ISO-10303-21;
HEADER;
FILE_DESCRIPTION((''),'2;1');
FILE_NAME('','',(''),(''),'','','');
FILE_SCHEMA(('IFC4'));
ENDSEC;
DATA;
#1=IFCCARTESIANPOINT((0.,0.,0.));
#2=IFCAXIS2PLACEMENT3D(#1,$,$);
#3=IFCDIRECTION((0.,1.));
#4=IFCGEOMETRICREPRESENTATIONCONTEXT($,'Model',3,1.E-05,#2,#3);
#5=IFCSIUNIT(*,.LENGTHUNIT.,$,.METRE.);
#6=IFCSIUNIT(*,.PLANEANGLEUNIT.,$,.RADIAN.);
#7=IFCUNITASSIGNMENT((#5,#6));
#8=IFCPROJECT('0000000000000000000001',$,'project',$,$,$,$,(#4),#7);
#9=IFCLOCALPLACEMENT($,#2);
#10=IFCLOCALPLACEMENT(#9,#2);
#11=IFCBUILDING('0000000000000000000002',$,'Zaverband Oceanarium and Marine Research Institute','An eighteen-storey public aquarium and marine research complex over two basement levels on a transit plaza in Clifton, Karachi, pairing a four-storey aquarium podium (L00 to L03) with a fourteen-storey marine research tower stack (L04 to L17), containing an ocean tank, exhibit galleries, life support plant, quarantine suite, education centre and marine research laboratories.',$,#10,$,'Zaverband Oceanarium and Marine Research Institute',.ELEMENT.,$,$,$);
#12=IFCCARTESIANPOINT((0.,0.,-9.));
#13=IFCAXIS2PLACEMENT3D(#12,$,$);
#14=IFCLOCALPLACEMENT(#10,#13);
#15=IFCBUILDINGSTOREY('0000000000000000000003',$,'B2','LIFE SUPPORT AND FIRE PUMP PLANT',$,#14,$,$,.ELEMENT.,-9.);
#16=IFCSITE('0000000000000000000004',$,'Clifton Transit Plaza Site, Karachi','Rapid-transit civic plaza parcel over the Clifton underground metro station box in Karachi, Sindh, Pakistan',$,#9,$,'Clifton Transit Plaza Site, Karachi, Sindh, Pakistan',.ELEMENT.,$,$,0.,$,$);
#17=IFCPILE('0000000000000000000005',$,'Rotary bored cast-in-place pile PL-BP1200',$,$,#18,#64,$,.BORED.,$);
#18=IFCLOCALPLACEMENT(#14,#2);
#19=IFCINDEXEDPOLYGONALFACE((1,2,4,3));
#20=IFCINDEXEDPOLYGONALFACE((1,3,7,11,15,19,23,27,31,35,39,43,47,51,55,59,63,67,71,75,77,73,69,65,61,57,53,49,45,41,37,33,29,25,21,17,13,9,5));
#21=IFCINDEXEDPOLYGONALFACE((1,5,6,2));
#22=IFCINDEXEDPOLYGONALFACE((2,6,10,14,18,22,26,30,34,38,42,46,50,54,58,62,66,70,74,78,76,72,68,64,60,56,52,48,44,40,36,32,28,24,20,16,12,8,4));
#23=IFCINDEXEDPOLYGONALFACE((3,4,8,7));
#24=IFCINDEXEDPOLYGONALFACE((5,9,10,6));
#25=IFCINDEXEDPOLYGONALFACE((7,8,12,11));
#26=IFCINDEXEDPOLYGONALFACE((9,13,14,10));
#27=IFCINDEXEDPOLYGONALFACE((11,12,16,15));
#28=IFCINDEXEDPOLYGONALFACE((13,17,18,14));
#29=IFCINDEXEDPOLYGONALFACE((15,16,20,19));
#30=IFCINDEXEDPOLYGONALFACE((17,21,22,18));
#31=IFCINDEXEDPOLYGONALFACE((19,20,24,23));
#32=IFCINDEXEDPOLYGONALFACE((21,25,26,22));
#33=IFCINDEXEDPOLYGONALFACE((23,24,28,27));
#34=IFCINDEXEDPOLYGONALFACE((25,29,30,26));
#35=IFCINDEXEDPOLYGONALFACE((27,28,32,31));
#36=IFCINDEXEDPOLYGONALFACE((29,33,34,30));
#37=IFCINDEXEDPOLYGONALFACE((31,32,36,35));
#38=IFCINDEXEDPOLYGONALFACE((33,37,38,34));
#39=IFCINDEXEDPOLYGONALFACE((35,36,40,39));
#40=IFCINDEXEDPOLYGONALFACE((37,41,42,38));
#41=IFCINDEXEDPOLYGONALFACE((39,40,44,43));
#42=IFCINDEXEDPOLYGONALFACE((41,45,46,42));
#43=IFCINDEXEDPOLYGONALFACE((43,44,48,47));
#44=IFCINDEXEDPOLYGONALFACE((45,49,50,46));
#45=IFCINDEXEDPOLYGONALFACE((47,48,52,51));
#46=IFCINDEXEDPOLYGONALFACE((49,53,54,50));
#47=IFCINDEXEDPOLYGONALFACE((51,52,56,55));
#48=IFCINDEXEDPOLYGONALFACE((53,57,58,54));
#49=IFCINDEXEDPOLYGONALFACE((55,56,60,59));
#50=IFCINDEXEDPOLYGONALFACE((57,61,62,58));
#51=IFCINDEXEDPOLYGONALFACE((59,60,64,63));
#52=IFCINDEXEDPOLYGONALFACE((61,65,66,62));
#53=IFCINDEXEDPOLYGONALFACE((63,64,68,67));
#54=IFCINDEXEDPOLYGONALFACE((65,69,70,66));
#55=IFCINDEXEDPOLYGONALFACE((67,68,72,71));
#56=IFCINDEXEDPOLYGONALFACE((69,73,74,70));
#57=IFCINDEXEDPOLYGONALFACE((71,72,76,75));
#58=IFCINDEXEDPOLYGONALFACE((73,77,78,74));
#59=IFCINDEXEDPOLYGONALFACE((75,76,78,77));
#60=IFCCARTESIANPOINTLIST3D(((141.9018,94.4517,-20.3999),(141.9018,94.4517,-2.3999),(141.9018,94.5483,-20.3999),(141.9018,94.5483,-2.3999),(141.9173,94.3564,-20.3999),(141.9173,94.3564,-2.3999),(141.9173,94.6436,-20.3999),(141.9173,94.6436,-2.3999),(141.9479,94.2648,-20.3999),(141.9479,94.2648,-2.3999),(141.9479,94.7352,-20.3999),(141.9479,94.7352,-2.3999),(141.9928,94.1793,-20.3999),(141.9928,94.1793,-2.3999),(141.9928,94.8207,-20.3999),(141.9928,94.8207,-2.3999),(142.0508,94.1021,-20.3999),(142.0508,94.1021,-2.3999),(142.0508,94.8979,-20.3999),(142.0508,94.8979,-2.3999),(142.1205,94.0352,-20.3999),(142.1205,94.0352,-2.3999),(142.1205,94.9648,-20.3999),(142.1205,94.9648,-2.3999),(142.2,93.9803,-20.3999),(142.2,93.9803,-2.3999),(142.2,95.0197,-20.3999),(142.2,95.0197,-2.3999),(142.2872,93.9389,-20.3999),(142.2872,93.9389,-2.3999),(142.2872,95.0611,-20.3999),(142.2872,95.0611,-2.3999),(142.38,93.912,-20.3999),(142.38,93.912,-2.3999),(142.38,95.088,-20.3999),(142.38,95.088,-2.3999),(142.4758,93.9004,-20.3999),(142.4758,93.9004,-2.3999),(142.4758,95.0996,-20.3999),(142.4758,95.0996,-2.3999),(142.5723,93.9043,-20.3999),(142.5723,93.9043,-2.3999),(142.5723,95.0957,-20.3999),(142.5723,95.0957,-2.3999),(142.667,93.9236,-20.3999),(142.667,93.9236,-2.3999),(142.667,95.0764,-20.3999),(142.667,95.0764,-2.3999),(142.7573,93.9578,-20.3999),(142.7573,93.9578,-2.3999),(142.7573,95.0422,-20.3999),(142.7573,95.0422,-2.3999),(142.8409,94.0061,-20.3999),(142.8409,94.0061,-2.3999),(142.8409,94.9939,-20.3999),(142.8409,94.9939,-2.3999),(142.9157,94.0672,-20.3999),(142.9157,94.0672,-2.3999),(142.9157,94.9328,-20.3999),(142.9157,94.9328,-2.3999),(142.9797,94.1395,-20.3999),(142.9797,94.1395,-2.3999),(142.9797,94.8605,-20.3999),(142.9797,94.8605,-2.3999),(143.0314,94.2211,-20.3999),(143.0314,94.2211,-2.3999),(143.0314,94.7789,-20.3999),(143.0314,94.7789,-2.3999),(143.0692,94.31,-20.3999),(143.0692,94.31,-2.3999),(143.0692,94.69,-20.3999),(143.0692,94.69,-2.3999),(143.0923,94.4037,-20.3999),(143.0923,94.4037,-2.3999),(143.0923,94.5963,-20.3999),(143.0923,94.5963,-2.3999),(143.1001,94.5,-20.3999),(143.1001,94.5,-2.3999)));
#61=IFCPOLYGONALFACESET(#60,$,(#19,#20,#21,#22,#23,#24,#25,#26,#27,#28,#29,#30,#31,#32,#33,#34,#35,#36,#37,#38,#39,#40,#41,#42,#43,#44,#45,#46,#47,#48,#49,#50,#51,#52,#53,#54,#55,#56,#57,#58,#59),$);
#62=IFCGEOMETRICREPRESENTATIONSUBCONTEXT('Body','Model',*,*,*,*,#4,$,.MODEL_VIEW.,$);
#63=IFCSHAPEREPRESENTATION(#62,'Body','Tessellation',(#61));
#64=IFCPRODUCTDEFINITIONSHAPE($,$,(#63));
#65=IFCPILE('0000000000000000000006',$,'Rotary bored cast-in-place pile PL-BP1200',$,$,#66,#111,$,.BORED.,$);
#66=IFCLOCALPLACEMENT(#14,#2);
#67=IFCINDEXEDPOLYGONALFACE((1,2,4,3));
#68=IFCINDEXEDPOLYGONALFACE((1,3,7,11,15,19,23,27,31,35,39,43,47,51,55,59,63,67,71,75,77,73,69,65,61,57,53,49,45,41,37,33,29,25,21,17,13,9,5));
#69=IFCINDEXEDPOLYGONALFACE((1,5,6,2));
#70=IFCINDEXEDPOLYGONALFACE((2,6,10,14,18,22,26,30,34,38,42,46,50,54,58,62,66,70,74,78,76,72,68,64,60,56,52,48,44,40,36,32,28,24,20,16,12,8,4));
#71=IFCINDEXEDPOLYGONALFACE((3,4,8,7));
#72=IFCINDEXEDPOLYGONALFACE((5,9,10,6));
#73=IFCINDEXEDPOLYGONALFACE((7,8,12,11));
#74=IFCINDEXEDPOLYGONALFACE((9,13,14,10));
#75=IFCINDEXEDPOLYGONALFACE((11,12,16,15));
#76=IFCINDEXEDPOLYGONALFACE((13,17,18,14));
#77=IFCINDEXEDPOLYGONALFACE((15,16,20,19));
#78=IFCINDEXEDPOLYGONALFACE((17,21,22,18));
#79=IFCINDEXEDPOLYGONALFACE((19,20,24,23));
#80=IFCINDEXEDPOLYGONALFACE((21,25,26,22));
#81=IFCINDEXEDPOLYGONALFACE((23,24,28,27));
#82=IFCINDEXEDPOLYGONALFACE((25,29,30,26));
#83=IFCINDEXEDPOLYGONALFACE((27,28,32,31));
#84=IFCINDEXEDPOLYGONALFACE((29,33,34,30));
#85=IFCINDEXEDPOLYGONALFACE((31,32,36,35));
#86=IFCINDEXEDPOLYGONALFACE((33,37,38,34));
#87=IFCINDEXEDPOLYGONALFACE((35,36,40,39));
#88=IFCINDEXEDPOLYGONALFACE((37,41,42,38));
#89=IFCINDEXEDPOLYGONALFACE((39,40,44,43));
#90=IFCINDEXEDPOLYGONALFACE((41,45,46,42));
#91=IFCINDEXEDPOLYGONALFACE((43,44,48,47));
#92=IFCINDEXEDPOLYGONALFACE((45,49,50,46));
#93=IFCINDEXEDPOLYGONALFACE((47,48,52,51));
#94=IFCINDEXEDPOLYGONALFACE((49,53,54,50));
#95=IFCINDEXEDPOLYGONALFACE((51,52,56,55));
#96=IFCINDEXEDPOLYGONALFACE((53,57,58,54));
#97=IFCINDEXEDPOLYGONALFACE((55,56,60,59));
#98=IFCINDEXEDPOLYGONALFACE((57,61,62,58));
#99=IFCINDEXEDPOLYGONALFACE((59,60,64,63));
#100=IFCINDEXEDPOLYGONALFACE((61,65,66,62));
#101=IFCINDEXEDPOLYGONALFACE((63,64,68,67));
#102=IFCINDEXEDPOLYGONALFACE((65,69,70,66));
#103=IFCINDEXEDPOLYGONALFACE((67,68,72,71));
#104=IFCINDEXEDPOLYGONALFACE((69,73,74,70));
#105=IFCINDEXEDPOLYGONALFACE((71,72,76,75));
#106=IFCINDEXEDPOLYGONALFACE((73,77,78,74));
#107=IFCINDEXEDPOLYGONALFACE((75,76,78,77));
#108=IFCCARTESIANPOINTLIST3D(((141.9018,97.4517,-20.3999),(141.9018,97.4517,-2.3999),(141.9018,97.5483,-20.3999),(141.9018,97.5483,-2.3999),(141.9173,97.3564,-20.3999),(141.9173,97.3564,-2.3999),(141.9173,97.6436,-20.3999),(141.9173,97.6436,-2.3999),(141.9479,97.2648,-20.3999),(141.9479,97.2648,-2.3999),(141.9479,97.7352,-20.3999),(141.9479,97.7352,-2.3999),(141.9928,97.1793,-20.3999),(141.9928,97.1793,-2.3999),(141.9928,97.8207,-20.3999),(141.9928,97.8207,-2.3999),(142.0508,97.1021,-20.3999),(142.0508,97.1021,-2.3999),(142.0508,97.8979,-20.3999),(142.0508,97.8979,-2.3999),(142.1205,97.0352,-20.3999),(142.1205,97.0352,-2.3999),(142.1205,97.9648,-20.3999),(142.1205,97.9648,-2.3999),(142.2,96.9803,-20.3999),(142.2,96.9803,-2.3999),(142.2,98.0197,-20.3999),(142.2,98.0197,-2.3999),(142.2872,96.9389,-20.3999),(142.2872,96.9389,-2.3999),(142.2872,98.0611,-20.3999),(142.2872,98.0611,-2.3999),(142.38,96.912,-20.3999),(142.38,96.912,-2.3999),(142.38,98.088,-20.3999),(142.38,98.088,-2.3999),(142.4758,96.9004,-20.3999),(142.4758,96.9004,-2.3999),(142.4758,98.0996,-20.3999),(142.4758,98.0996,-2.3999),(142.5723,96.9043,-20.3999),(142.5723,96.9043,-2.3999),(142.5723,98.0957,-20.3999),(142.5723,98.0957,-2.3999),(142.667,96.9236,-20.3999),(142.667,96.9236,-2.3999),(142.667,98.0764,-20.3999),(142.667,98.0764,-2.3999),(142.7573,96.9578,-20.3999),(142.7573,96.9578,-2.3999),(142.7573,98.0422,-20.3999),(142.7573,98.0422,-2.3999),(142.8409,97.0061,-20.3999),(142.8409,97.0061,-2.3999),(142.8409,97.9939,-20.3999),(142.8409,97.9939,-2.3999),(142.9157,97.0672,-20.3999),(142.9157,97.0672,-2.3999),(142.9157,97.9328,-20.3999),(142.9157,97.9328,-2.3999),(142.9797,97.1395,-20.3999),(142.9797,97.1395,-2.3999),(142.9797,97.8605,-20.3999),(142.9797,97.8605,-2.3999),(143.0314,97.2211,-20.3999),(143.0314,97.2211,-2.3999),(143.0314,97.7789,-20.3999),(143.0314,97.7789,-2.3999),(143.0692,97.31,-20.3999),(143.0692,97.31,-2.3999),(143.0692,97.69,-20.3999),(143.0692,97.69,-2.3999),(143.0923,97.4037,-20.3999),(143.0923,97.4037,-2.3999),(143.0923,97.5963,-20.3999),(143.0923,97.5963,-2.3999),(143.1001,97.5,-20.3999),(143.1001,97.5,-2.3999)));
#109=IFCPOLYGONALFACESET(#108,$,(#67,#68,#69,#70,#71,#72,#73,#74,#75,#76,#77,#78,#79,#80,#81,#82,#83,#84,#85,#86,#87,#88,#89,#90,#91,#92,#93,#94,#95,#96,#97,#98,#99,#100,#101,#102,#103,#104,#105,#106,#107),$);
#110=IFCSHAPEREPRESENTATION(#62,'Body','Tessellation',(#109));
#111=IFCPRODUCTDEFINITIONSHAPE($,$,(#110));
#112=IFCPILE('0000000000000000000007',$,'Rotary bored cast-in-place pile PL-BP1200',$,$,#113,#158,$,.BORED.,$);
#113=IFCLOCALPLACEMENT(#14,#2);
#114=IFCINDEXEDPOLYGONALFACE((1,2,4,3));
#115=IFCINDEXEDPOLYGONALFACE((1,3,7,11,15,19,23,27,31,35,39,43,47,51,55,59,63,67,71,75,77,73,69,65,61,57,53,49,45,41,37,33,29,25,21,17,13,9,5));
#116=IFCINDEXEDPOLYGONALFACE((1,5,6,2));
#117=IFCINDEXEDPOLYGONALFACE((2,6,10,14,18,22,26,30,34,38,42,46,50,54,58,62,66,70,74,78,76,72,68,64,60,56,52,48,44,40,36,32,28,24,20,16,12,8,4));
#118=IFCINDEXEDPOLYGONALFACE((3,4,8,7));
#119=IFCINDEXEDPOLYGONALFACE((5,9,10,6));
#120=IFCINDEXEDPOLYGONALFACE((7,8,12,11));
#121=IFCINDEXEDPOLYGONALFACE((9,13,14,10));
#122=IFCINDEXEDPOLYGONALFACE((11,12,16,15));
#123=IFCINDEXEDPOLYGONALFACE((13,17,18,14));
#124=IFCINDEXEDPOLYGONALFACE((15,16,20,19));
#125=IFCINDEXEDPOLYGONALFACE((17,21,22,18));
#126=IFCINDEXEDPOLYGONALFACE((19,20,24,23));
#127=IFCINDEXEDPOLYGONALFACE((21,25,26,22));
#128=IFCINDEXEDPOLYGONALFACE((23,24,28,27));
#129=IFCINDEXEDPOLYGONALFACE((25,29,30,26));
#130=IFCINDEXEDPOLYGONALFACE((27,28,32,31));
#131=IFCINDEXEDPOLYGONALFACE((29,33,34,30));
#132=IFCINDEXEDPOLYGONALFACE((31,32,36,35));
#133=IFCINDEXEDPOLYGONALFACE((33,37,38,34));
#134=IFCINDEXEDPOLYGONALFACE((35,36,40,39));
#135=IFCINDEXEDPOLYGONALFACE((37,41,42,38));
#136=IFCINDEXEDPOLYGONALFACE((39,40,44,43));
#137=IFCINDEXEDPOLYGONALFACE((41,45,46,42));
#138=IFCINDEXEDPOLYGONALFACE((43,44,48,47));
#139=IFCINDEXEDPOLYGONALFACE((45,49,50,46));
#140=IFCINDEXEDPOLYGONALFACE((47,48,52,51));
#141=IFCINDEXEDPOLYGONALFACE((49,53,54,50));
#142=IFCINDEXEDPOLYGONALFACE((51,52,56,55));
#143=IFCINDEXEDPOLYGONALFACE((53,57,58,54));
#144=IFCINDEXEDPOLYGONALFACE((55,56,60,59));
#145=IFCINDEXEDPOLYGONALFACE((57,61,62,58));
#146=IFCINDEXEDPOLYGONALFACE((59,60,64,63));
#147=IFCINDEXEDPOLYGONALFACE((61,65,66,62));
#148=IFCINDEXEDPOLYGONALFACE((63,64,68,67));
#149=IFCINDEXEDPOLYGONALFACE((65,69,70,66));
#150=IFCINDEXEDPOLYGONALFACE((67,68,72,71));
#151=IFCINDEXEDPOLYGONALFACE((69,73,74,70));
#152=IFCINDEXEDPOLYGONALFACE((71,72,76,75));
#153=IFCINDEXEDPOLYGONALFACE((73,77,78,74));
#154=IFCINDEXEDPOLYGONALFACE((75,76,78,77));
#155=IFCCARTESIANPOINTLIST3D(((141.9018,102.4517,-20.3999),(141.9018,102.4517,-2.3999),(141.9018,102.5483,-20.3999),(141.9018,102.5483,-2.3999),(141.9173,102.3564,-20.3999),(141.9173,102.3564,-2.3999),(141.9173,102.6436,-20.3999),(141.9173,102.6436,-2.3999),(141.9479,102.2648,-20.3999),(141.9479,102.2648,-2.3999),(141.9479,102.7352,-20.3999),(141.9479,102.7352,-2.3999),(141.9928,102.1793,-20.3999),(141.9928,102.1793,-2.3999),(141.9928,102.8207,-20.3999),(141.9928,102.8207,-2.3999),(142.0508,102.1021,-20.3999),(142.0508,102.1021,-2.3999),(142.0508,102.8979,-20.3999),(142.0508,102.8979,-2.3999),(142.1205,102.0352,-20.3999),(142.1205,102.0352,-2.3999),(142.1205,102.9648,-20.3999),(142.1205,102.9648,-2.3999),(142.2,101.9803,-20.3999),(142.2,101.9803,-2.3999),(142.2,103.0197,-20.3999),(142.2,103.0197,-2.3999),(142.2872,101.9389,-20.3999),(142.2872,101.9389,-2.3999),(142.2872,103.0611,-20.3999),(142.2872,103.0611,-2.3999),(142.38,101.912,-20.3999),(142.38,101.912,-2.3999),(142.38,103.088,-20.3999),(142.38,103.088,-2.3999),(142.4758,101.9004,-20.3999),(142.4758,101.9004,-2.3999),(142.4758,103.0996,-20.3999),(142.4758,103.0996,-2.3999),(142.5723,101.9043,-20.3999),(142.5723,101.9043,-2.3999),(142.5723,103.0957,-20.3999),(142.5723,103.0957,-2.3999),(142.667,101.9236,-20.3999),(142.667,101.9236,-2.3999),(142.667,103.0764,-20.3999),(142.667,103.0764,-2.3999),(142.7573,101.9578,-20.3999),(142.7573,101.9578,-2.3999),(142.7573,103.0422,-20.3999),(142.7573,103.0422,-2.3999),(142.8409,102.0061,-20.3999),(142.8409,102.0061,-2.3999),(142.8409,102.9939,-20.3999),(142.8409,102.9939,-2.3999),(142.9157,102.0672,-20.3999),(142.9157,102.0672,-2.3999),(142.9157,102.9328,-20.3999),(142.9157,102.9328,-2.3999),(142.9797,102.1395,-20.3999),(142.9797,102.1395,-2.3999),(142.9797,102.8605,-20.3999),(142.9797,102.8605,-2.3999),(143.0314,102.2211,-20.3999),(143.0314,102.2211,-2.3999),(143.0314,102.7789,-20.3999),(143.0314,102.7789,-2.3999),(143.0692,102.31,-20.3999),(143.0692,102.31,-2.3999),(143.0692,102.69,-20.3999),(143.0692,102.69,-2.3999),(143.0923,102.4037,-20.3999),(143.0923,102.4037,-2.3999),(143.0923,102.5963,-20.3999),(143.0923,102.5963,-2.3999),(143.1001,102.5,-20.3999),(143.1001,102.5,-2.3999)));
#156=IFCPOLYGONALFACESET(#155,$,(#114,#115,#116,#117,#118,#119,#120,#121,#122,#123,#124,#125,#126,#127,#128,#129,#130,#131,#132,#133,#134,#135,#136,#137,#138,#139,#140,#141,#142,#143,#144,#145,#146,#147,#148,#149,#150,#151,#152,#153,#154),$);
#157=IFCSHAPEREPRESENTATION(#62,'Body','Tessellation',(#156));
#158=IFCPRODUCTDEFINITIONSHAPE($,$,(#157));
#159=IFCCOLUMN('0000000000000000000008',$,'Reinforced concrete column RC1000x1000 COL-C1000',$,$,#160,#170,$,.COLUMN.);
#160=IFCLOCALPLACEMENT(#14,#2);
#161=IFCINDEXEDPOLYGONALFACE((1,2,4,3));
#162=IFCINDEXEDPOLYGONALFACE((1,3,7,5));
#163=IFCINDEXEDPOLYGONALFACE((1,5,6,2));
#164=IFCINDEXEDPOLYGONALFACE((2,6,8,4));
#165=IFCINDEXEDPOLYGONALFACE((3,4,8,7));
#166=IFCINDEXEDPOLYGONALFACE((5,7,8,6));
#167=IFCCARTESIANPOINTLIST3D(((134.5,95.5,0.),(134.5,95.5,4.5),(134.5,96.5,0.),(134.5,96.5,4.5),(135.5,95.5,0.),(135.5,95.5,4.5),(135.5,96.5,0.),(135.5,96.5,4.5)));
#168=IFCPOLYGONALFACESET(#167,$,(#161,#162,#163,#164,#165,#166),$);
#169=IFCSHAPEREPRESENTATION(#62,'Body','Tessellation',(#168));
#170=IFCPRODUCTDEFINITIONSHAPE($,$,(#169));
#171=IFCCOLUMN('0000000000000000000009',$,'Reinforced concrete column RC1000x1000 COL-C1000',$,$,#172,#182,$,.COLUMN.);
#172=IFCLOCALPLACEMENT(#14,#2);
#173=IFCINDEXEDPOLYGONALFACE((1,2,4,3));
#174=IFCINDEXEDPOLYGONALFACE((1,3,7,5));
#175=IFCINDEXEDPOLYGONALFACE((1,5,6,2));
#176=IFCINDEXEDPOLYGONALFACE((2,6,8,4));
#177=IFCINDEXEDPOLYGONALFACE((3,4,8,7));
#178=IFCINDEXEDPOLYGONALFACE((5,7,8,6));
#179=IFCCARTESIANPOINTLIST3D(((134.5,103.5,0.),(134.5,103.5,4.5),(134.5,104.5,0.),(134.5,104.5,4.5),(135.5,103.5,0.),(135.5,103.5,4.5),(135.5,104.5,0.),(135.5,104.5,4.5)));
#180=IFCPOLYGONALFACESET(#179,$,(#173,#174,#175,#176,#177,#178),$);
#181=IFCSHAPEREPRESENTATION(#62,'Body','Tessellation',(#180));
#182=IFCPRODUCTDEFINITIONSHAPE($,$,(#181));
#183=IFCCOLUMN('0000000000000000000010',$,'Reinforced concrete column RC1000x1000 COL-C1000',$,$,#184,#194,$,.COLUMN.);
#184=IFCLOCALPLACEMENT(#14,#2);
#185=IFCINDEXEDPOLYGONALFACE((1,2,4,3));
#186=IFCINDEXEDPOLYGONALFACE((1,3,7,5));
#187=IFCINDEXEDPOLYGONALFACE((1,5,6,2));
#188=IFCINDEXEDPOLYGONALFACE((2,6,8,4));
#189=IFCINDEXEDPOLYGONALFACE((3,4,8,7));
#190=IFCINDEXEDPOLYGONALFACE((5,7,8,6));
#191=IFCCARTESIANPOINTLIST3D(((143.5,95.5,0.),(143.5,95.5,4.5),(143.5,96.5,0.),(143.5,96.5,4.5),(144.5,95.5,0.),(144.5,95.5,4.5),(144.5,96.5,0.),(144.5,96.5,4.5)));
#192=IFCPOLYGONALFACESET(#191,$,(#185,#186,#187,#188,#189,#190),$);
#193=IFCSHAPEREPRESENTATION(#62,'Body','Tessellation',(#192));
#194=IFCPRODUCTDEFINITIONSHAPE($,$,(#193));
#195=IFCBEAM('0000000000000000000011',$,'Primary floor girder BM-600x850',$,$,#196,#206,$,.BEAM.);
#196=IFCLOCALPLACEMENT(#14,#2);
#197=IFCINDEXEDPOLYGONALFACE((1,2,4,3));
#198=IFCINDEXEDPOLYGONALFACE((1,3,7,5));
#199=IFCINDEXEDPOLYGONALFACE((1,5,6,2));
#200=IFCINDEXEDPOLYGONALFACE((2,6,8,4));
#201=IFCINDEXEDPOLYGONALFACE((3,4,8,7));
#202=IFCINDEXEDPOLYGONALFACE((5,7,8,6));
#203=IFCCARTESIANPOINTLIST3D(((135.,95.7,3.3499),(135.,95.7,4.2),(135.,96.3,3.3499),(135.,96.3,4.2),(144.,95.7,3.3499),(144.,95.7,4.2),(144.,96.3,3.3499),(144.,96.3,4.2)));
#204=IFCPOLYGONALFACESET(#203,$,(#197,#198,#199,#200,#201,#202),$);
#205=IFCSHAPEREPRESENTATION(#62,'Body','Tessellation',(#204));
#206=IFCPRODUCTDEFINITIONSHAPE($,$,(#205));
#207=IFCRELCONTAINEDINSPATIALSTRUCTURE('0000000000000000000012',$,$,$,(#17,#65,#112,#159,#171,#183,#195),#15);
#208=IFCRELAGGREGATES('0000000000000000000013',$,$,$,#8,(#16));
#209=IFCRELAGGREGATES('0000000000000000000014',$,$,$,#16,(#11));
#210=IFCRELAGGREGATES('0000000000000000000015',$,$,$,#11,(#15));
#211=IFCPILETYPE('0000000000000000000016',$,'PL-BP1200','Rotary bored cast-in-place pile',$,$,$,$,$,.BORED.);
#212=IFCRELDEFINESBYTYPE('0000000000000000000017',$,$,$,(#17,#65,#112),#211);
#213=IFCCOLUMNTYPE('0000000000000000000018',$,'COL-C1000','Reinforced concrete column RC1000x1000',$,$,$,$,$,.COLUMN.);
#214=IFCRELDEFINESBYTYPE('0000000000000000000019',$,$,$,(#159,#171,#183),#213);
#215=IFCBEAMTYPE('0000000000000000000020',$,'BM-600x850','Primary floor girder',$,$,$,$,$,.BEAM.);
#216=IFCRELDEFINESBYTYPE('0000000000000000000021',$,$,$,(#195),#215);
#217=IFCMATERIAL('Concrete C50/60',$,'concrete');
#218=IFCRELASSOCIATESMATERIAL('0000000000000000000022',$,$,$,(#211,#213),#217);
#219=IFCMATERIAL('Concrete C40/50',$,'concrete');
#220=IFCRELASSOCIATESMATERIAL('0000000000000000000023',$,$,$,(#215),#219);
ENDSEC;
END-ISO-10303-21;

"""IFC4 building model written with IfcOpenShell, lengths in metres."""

from ifc_helpers import new_model, si_unit, direction, frame, origin, origin_2d, place, context, subcontext, project, spatial, rectangle, circle, extrude, material, material_profile, profile_set, type_object, element, save


model = new_model("IFC4")

# Units and contexts
model_context = context("Model", 3, precision=1e-05, world=origin(), true_north=direction((0.0, 1.0)))
body_context = subcontext(model_context, "Body", "Model", "MODEL_VIEW")
ifc_project = project(units=[si_unit("LENGTHUNIT", "METRE"), si_unit("PLANEANGLEUNIT", "RADIAN")], contexts=[model_context])

# Site, building, storey
site_placement = place(None, origin())
site = spatial("IfcSite", under=ifc_project, at=site_placement, Name="Clifton Transit Plaza Site, Karachi", Description="Rapid-transit civic plaza parcel over the Clifton underground metro station box in Karachi, Sindh, Pakistan", LongName="Clifton Transit Plaza Site, Karachi, Sindh, Pakistan", CompositionType="ELEMENT", RefElevation=0.0)
building_placement = place(site_placement, origin())
building = spatial("IfcBuilding", under=site, at=building_placement, Name="Zaverband Oceanarium and Marine Research Institute", Description="An eighteen-storey public aquarium and marine research complex over two basement levels on a transit plaza in Clifton, Karachi, pairing a four-storey aquarium podium (L00 to L03) with a fourteen-storey marine research tower stack (L04 to L17), containing an ocean tank, exhibit galleries, life support plant, quarantine suite, education centre and marine research laboratories.", LongName="Zaverband Oceanarium and Marine Research Institute", CompositionType="ELEMENT")
storey_placement = place(building_placement, frame((0.0, 0.0, -9.0)))
storey = spatial("IfcBuildingStorey", under=building, at=storey_placement, Name="B2", Description="LIFE SUPPORT AND FIRE PUMP PLANT", CompositionType="ELEMENT", Elevation=-9.0)

# Shared definitions
ifc_material_1 = material(Name="Concrete C50/60", Category="concrete")

# Piles
ifc_material_profile_1 = material_profile(ifc_material_1, circle(Radius=0.6001, at=origin_2d()), Name="BP1200")
ifc_profile_set_1 = profile_set([ifc_material_profile_1], Name="Concrete C50/60")
pile_type = type_object("IfcPileType", Name="PL-BP1200", Description="Rotary bored cast-in-place pile", PredefinedType="BORED", material=ifc_profile_set_1)
for number, where, z_axis, x_axis, name in (
    (1, (142.5, 94.5, -2.3999), (0.0, 0.0, -1.0), (1.0, 0.0, 0.0), "Rotary bored cast-in-place pile PL-BP1200"),
    (2, (142.5, 97.5, -2.3999), (0.0, 0.0, -1.0), (1.0, 0.0, 0.0), "Rotary bored cast-in-place pile PL-BP1200"),
    (3, (142.5, 102.5, -2.3999), (0.0, 0.0, -1.0), (1.0, 0.0, 0.0), "Rotary bored cast-in-place pile PL-BP1200"),
):
    element("IfcPile", number, at=place(storey_placement, frame(where, z_axis=z_axis, x_axis=x_axis)), inside=storey, type_object=pile_type, Name=name, PredefinedType="BORED", context=body_context, shape_type="SweptSolid", body=[
        extrude(circle(Radius=0.6001, at=origin_2d()), origin(), (0.0, 0.0, 1.0), 18.0),
    ])

# Columns
ifc_material_profile_2 = material_profile(ifc_material_1, rectangle(XDim=1.0, YDim=1.0, at=origin_2d()), Name="RC1000x1000")
ifc_profile_set_2 = profile_set([ifc_material_profile_2], Name="Concrete C50/60")
column_type = type_object("IfcColumnType", Name="COL-C1000", Description="Reinforced concrete column RC1000x1000", PredefinedType="COLUMN", material=ifc_profile_set_2)
for number, where, z_axis, x_axis, name in (
    (4, (135.0, 96.0, 0.0), (0.0, 0.0, 1.0), (1.0, 0.0, 0.0), "Reinforced concrete column RC1000x1000 COL-C1000"),
    (5, (135.0, 104.0, 0.0), (0.0, 0.0, 1.0), (1.0, 0.0, 0.0), "Reinforced concrete column RC1000x1000 COL-C1000"),
    (6, (144.0, 96.0, 0.0), (0.0, 0.0, 1.0), (1.0, 0.0, 0.0), "Reinforced concrete column RC1000x1000 COL-C1000"),
):
    element("IfcColumn", number, at=place(storey_placement, frame(where, z_axis=z_axis, x_axis=x_axis)), inside=storey, type_object=column_type, Name=name, PredefinedType="COLUMN", context=body_context, shape_type="SweptSolid", body=[
        extrude(rectangle(XDim=1.0, YDim=1.0, at=origin_2d()), origin(), (0.0, 0.0, 1.0), 4.5),
    ])

# Beam
ifc_material_2 = material(Name="Concrete C40/50", Category="concrete")
ifc_material_profile_3 = material_profile(ifc_material_2, rectangle(XDim=0.6001, YDim=0.8501, at=origin_2d()), Name="RC600x850")
ifc_profile_set_3 = profile_set([ifc_material_profile_3], Name="Concrete C40/50")
beam_type_1 = type_object("IfcBeamType", Name="BM-600x850", Description="Primary floor girder", PredefinedType="BEAM", material=ifc_profile_set_3)
for number, where, z_axis, x_axis, name in (
    (7, (135.0, 96.0, 3.7749), (1.0, 0.0, 0.0), (0.0, 1.0, 0.0), "Primary floor girder BM-600x850"),
):
    element("IfcBeam", number, at=place(storey_placement, frame(where, z_axis=z_axis, x_axis=x_axis)), inside=storey, type_object=beam_type_1, Name=name, PredefinedType="BEAM", context=body_context, shape_type="SweptSolid", body=[
        extrude(rectangle(XDim=0.6001, YDim=0.8501, at=origin_2d()), origin(), (0.0, 0.0, 1.0), 9.0),
    ])

save(model, "model.ifc")
